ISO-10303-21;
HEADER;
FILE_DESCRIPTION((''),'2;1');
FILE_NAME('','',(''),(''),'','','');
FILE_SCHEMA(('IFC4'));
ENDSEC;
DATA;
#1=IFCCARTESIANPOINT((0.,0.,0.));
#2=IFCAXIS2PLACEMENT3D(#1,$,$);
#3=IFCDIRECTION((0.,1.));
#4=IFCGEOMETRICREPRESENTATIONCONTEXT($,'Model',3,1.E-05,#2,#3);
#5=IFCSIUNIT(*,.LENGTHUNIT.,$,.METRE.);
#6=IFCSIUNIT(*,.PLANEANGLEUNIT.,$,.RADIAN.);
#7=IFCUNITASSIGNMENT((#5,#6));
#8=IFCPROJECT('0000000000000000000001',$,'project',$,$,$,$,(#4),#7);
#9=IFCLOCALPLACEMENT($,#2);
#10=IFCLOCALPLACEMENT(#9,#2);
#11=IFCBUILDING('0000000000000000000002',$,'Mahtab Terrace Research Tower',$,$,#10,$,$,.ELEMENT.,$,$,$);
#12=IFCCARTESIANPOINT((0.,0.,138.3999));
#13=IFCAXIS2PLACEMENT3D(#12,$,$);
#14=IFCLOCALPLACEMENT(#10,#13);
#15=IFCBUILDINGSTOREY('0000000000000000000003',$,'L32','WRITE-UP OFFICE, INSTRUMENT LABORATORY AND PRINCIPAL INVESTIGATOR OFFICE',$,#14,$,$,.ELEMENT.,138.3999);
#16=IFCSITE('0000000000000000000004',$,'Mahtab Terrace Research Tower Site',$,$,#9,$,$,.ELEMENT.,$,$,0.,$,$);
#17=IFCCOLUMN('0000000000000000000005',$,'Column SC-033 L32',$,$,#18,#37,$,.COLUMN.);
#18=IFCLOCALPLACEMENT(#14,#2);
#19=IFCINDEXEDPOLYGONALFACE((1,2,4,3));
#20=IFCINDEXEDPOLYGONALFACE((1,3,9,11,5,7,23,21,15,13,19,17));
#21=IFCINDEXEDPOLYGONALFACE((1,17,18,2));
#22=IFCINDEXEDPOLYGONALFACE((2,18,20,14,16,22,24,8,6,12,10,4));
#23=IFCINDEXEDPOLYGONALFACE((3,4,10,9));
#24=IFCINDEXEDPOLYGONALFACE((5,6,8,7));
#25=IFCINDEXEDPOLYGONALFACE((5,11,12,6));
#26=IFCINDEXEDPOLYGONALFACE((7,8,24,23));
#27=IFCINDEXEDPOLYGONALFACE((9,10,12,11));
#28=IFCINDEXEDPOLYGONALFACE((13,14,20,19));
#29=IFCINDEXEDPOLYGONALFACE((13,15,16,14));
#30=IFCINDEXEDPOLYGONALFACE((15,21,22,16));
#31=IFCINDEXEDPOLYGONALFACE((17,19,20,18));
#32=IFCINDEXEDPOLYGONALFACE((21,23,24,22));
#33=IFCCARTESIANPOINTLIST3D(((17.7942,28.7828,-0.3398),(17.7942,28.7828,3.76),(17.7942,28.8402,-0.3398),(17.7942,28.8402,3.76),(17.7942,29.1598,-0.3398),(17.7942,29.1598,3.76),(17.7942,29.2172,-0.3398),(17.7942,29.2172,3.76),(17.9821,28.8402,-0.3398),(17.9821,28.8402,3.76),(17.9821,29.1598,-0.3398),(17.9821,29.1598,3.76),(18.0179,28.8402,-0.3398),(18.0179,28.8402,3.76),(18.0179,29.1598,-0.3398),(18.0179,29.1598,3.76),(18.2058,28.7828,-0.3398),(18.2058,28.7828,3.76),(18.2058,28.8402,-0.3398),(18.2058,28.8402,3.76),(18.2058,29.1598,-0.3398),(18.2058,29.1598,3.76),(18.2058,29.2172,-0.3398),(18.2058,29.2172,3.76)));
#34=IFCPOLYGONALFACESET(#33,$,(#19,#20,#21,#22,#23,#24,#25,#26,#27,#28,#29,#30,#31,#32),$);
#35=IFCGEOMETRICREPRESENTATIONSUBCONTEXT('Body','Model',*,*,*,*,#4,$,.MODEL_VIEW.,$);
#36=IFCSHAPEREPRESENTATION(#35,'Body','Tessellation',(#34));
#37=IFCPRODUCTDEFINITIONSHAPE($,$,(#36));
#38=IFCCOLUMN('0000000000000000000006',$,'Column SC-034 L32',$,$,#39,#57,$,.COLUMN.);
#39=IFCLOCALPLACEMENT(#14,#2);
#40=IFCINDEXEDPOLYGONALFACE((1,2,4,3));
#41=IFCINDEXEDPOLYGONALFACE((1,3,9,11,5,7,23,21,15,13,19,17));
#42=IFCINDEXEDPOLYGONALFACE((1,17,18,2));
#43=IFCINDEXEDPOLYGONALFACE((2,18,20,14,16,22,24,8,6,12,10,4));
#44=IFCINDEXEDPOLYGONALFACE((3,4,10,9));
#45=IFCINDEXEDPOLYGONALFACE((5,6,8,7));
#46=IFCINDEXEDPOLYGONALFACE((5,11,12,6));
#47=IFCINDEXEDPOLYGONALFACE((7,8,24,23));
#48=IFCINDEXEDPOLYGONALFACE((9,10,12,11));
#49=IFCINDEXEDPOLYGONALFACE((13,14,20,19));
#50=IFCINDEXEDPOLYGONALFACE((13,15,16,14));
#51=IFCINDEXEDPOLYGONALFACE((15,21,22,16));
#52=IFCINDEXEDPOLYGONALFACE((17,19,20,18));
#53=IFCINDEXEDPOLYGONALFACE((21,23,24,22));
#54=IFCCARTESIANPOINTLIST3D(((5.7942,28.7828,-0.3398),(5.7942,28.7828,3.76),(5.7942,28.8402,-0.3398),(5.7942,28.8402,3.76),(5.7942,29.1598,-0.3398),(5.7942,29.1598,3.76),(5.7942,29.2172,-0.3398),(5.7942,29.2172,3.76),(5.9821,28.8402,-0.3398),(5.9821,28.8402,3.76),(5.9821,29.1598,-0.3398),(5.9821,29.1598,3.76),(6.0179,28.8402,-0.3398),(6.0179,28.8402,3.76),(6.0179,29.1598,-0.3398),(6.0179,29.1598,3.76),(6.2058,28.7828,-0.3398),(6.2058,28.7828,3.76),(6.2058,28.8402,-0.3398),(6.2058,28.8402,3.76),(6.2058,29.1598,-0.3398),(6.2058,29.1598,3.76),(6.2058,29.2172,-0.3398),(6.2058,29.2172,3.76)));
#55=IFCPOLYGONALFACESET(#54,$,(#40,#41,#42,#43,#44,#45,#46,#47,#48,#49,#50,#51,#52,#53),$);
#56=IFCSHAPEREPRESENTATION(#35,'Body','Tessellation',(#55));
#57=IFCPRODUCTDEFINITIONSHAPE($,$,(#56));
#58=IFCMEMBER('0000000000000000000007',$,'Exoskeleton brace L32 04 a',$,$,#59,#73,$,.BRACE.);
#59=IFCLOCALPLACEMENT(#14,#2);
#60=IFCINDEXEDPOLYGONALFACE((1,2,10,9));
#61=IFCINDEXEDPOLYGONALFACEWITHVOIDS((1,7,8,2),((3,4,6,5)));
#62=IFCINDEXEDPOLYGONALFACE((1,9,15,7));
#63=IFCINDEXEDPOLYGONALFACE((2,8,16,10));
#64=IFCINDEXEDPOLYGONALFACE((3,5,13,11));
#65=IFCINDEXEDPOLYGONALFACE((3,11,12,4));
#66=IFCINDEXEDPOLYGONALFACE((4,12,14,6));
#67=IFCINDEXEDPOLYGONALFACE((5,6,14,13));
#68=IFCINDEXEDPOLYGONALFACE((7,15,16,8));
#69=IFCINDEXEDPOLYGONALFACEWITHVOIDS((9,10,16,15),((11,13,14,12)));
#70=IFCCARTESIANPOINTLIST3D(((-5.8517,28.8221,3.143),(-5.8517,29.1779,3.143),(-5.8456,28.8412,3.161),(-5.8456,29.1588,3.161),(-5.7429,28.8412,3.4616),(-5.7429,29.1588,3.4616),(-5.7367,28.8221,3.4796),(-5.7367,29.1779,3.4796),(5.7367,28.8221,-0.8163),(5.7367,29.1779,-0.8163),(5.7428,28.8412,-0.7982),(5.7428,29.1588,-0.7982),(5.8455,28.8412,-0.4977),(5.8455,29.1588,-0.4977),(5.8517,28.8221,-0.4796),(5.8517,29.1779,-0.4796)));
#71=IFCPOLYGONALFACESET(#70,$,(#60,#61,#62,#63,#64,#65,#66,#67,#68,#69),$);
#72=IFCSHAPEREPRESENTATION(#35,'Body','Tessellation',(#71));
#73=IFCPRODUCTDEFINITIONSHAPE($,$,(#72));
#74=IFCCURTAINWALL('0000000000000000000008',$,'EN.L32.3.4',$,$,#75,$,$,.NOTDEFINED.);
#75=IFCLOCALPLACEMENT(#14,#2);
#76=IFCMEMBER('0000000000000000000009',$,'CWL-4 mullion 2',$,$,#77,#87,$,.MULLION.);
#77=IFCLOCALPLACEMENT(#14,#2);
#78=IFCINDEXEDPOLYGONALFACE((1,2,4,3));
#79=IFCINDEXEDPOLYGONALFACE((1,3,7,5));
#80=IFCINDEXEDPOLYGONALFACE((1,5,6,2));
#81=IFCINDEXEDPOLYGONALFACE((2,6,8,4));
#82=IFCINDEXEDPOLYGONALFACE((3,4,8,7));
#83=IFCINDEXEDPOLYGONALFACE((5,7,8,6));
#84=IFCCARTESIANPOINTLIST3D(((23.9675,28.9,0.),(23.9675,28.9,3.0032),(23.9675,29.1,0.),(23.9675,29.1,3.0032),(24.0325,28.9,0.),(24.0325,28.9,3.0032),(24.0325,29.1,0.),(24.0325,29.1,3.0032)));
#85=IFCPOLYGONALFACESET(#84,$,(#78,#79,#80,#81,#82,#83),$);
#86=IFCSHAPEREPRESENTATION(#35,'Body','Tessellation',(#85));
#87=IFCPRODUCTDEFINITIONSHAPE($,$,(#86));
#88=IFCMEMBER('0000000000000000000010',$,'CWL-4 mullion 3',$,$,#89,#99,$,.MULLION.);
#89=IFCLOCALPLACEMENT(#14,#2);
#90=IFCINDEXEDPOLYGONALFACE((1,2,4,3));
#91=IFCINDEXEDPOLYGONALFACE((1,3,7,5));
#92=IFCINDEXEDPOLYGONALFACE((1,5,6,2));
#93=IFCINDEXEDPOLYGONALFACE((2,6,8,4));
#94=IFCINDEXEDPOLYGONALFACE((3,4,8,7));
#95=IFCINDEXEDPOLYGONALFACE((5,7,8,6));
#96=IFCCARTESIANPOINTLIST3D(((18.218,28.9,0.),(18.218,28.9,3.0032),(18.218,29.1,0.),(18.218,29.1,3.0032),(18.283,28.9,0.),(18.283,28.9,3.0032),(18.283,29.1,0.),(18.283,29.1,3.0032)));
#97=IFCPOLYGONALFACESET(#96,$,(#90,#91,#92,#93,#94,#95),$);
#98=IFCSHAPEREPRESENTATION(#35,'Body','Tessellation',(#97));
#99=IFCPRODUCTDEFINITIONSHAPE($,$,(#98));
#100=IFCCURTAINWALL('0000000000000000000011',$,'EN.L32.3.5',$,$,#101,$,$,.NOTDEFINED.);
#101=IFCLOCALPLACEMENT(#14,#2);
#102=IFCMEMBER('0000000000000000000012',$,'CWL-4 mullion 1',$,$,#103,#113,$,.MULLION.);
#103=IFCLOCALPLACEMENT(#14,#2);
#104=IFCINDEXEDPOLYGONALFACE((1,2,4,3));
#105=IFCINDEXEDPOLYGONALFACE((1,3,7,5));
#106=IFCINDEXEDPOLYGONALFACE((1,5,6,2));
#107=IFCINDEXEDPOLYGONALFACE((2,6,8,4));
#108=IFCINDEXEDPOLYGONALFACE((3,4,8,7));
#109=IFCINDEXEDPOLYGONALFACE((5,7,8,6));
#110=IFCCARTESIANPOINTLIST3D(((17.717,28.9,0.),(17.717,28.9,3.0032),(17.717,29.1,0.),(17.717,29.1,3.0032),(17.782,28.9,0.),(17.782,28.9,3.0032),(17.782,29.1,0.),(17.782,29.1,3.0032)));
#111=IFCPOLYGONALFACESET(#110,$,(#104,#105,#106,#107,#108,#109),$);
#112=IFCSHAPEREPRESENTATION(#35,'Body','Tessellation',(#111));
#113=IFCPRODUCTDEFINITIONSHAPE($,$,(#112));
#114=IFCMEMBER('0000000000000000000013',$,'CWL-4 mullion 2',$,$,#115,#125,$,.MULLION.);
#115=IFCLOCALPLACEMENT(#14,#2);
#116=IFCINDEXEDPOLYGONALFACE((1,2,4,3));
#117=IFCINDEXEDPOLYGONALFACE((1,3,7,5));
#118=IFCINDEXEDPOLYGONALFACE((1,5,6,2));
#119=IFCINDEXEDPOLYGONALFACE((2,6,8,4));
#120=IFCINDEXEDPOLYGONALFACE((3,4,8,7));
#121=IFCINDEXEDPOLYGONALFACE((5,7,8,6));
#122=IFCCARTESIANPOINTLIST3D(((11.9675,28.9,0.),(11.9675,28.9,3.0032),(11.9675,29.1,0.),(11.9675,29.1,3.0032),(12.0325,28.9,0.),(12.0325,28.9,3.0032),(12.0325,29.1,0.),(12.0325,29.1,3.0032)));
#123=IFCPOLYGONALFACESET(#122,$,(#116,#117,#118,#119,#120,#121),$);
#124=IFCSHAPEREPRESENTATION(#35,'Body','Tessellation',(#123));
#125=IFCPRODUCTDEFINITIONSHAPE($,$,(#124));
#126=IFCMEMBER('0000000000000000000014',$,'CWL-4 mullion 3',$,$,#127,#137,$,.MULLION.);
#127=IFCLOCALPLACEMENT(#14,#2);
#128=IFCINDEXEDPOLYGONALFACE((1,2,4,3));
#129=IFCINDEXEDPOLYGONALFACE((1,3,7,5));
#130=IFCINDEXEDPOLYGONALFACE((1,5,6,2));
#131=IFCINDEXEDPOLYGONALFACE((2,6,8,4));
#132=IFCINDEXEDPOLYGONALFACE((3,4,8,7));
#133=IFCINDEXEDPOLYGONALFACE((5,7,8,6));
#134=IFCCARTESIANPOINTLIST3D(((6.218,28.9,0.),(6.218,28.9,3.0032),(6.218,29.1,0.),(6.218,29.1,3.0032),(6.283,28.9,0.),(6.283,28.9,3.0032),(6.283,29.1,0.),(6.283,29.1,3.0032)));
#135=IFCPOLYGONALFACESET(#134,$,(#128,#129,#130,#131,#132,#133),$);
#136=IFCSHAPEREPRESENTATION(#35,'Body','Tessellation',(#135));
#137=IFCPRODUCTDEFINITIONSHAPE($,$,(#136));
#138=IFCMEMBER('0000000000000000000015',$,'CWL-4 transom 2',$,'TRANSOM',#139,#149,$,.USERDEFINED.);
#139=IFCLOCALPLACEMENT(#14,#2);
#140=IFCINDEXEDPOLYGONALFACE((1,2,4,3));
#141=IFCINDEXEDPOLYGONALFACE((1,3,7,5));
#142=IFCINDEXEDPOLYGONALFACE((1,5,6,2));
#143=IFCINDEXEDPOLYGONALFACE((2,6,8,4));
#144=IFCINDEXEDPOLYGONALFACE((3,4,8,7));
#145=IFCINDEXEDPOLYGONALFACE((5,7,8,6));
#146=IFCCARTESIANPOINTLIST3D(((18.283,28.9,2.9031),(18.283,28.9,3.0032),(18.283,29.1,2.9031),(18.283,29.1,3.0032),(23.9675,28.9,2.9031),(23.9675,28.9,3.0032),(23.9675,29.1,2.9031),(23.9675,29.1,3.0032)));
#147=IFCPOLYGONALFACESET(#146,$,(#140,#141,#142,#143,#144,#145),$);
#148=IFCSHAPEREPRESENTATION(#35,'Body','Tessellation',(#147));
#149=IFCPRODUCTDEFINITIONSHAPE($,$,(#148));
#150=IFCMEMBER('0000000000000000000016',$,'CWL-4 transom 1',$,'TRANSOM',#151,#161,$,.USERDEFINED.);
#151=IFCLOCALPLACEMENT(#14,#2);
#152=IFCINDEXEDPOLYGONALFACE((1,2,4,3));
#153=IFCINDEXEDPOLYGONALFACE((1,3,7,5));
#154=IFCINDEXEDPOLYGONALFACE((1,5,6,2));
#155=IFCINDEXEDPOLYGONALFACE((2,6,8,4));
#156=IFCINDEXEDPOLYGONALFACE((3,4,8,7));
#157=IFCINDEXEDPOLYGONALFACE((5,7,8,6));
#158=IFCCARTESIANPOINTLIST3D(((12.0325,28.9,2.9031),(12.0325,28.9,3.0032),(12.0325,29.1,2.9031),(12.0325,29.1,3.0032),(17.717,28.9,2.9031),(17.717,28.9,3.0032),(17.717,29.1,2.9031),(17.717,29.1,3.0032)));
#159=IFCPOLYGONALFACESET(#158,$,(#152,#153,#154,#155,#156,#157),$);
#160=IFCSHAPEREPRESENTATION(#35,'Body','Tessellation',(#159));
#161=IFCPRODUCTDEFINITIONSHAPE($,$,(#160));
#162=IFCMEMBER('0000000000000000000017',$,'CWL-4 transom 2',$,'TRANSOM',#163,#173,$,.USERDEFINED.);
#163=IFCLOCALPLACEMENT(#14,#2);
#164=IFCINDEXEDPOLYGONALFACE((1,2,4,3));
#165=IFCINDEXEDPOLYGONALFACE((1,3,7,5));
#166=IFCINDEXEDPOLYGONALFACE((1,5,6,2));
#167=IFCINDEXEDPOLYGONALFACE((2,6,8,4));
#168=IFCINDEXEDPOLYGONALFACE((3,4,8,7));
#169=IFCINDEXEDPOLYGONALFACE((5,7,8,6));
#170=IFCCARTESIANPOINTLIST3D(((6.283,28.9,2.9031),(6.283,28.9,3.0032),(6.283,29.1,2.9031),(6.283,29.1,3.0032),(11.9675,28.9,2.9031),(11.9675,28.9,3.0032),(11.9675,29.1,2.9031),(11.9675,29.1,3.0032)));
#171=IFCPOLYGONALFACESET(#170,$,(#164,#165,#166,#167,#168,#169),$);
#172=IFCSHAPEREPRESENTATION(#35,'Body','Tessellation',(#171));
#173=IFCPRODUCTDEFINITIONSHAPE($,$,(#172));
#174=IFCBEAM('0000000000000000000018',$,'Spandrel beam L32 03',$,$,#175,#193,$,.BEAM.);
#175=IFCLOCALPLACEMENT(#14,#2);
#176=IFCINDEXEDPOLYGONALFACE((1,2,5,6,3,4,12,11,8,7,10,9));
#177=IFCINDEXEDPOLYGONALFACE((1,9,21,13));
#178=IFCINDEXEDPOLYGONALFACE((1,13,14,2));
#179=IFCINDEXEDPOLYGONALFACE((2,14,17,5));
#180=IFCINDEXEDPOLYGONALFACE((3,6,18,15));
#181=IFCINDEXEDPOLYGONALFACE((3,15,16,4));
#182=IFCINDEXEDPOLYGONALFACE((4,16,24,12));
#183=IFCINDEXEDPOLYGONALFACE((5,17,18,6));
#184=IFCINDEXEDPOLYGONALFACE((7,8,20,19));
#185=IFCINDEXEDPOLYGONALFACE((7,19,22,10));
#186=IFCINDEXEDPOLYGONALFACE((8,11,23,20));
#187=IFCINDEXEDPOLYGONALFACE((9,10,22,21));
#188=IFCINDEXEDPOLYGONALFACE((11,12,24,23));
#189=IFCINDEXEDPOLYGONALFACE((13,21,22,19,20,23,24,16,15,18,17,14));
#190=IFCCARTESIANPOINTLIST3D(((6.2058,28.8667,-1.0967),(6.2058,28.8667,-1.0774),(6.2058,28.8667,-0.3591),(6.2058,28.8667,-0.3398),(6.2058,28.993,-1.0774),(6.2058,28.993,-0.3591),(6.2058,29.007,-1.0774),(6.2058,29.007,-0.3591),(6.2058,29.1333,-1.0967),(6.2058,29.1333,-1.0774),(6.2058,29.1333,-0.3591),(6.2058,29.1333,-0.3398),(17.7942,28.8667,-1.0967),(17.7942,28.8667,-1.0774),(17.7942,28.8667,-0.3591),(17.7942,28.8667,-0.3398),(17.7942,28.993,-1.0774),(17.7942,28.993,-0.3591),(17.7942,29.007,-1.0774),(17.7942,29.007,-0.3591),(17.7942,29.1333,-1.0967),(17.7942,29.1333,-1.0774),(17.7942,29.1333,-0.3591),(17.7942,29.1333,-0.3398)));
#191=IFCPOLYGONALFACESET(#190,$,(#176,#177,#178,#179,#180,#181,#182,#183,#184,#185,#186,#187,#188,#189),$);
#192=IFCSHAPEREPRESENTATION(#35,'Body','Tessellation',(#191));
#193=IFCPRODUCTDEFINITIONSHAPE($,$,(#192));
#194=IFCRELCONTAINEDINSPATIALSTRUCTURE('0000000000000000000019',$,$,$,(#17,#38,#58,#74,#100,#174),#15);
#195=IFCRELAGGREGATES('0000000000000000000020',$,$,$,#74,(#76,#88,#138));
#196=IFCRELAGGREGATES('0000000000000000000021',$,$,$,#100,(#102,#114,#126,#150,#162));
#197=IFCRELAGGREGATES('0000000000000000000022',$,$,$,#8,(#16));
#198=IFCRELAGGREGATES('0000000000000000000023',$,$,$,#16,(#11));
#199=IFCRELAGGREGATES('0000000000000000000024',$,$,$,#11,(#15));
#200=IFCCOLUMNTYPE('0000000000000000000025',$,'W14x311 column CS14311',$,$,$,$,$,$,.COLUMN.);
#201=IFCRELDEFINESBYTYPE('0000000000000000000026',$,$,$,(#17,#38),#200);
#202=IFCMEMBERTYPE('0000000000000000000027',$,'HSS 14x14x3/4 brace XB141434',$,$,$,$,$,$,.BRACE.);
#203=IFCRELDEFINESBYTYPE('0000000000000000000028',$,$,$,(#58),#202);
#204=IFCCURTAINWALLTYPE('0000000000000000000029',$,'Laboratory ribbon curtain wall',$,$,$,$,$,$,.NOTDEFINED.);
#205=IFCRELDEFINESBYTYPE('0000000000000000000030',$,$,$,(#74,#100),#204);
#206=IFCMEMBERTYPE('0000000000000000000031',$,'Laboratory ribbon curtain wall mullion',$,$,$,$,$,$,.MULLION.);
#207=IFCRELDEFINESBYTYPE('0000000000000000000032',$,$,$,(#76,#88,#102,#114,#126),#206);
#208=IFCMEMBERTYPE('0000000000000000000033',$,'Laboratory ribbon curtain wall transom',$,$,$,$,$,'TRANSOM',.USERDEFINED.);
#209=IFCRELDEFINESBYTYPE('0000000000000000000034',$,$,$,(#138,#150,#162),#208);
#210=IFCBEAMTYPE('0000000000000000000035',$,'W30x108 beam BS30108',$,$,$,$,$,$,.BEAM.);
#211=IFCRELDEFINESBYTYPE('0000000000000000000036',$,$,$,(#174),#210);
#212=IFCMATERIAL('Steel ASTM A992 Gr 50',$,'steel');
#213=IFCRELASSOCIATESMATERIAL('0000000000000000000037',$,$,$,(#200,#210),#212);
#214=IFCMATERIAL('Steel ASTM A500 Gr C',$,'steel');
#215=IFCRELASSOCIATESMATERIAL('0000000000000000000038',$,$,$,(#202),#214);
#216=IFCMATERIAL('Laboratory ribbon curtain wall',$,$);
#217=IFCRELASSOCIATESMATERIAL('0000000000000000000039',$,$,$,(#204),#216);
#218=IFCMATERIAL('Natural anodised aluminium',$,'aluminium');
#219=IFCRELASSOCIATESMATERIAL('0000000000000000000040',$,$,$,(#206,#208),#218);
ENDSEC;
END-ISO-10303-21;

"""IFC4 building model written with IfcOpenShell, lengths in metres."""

from ifc_helpers import new_model, si_unit, direction, frame, origin, origin_2d, place, context, subcontext, project, spatial, rectangle, hollow_rectangle, i_section, extrude, material, material_profile, profile_set, type_object, element, aggregate, save


model = new_model("IFC4")

# Units and contexts
model_context = context("Model", 3, precision=1e-05, world=origin(), true_north=direction((0.0, 1.0)))
body_context = subcontext(model_context, "Body", "Model", "MODEL_VIEW")
ifc_project = project(units=[si_unit("LENGTHUNIT", "METRE"), si_unit("PLANEANGLEUNIT", "RADIAN")], contexts=[model_context])

# Site, building, storey
site_placement = place(None, origin())
site = spatial("IfcSite", under=ifc_project, at=site_placement, Name="Mahtab Terrace Research Tower Site", CompositionType="ELEMENT", RefElevation=0.0)
building_placement = place(site_placement, origin())
building = spatial("IfcBuilding", under=site, at=building_placement, Name="Mahtab Terrace Research Tower", CompositionType="ELEMENT")
storey_placement = place(building_placement, frame((0.0, 0.0, 138.3999)))
storey = spatial("IfcBuildingStorey", under=building, at=storey_placement, Name="L32", Description="WRITE-UP OFFICE, INSTRUMENT LABORATORY AND PRINCIPAL INVESTIGATOR OFFICE", CompositionType="ELEMENT", Elevation=138.3999)

# Columns
ifc_material_1 = material(Name="Steel ASTM A992 Gr 50", Category="steel")
ifc_material_profile_1 = material_profile(ifc_material_1, i_section(OverallWidth=0.4116, OverallDepth=0.4343, WebThickness=0.0359, FlangeThickness=0.0574, at=origin_2d()), Name="W14X311")
ifc_profile_set_1 = profile_set([ifc_material_profile_1], Name="Steel ASTM A992 Gr 50")
column_type = type_object("IfcColumnType", Name="W14x311 column CS14311", PredefinedType="COLUMN", material=ifc_profile_set_1)
for number, where, z_axis, x_axis, name in (
    (1, (18.0, 29.0, -0.3398), (0.0, 0.0, 1.0), (1.0, 0.0, 0.0), "Column SC-033 L32"),
    (2, (6.0, 29.0, -0.3398), (0.0, 0.0, 1.0), (1.0, 0.0, 0.0), "Column SC-034 L32"),
):
    element("IfcColumn", number, at=place(storey_placement, frame(where, z_axis=z_axis, x_axis=x_axis)), inside=storey, type_object=column_type, Name=name, PredefinedType="COLUMN", context=body_context, shape_type="SweptSolid", body=[
        extrude(i_section(OverallWidth=0.4116, OverallDepth=0.4343, WebThickness=0.0359, FlangeThickness=0.0574, at=origin_2d()), origin(), (0.0, 0.0, 1.0), 4.0999),
    ])

# Member
ifc_material_2 = material(Name="Steel ASTM A500 Gr C", Category="steel")
ifc_material_profile_2 = material_profile(ifc_material_2, hollow_rectangle(XDim=0.3557, YDim=0.3557, WallThickness=0.019, at=origin_2d()), Name="HSS14X14X3/4")
ifc_profile_set_2 = profile_set([ifc_material_profile_2], Name="Steel ASTM A500 Gr C")
member_type_1 = type_object("IfcMemberType", Name="HSS 14x14x3/4 brace XB141434", PredefinedType="BRACE", material=ifc_profile_set_2)
member_1_placement = place(storey_placement, frame((5.7942, 29.0, -0.6479), z_axis=(-0.946294, 0.0, 0.323306), x_axis=(0.0, -1.0, 0.0)))
element("IfcMember", 3, at=member_1_placement, inside=storey, type_object=member_type_1, Name="Exoskeleton brace L32 04 a", PredefinedType="BRACE", context=body_context, shape_type="SweptSolid", body=[
    extrude(hollow_rectangle(XDim=0.3557, YDim=0.3557, WallThickness=0.019, at=origin_2d()), origin(), (0.0, 0.0, 1.0), 12.2461),
])

# Curtain walls, members
ifc_material_3 = material(Name="Laboratory ribbon curtain wall")
curtain_wall_type = type_object("IfcCurtainWallType", Name="Laboratory ribbon curtain wall", PredefinedType="NOTDEFINED", material=ifc_material_3)
curtain_wall_1_placement = place(storey_placement, origin())
curtain_wall_1 = element("IfcCurtainWall", 4, at=curtain_wall_1_placement, inside=storey, type_object=curtain_wall_type, Name="EN.L32.3.4", PredefinedType="NOTDEFINED")
ifc_material_4 = material(Name="Natural anodised aluminium", Category="aluminium")
ifc_material_profile_3 = material_profile(ifc_material_4, rectangle(XDim=0.2, YDim=0.0649, at=origin_2d()), Name="MULLION 65x200")
ifc_profile_set_3 = profile_set([ifc_material_profile_3], Name="Natural anodised aluminium")
member_type_2 = type_object("IfcMemberType", Name="Laboratory ribbon curtain wall mullion", PredefinedType="MULLION", material=ifc_profile_set_3)
member_2_placement = place(storey_placement, frame((24.0, 29.0, 0.0), z_axis=(0.0, 0.0, 1.0), x_axis=(0.0, -1.0, 0.0)))
member_2 = element("IfcMember", 5, at=member_2_placement, type_object=member_type_2, Name="CWL-4 mullion 2", PredefinedType="MULLION", context=body_context, shape_type="SweptSolid", body=[
    extrude(rectangle(XDim=0.2, YDim=0.0649, at=origin_2d()), origin(), (0.0, 0.0, 1.0), 3.0032),
])
member_3_placement = place(storey_placement, frame((18.2505, 29.0, 0.0), z_axis=(0.0, 0.0, 1.0), x_axis=(0.0, -1.0, 0.0)))
member_3 = element("IfcMember", 6, at=member_3_placement, type_object=member_type_2, Name="CWL-4 mullion 3", PredefinedType="MULLION", context=body_context, shape_type="SweptSolid", body=[
    extrude(rectangle(XDim=0.2, YDim=0.0649, at=origin_2d()), origin(), (0.0, 0.0, 1.0), 3.0032),
])
curtain_wall_2_placement = place(storey_placement, origin())
curtain_wall_2 = element("IfcCurtainWall", 7, at=curtain_wall_2_placement, inside=storey, type_object=curtain_wall_type, Name="EN.L32.3.5", PredefinedType="NOTDEFINED")
member_4_placement = place(storey_placement, frame((17.7495, 29.0, 0.0), z_axis=(0.0, 0.0, 1.0), x_axis=(0.0, -1.0, 0.0)))
member_4 = element("IfcMember", 8, at=member_4_placement, type_object=member_type_2, Name="CWL-4 mullion 1", PredefinedType="MULLION", context=body_context, shape_type="SweptSolid", body=[
    extrude(rectangle(XDim=0.2, YDim=0.0649, at=origin_2d()), origin(), (0.0, 0.0, 1.0), 3.0032),
])
member_5_placement = place(storey_placement, frame((12.0, 29.0, 0.0), z_axis=(0.0, 0.0, 1.0), x_axis=(0.0, -1.0, 0.0)))
member_5 = element("IfcMember", 9, at=member_5_placement, type_object=member_type_2, Name="CWL-4 mullion 2", PredefinedType="MULLION", context=body_context, shape_type="SweptSolid", body=[
    extrude(rectangle(XDim=0.2, YDim=0.0649, at=origin_2d()), origin(), (0.0, 0.0, 1.0), 3.0032),
])
member_6_placement = place(storey_placement, frame((6.2505, 29.0, 0.0), z_axis=(0.0, 0.0, 1.0), x_axis=(0.0, -1.0, 0.0)))
member_6 = element("IfcMember", 10, at=member_6_placement, type_object=member_type_2, Name="CWL-4 mullion 3", PredefinedType="MULLION", context=body_context, shape_type="SweptSolid", body=[
    extrude(rectangle(XDim=0.2, YDim=0.0649, at=origin_2d()), origin(), (0.0, 0.0, 1.0), 3.0032),
])

# Members
ifc_material_profile_4 = material_profile(ifc_material_4, rectangle(XDim=0.2, YDim=0.1001, at=origin_2d()), Name="TRANSOM 100x200")
ifc_profile_set_4 = profile_set([ifc_material_profile_4], Name="Natural anodised aluminium")
member_type_3 = type_object("IfcMemberType", Name="Laboratory ribbon curtain wall transom", ElementType="TRANSOM", PredefinedType="USERDEFINED", material=ifc_profile_set_4)
member_7_placement = place(storey_placement, frame((23.9675, 29.0, 2.9531), z_axis=(-1.0, 0.0, 0.0), x_axis=(0.0, -1.0, 0.0)))
member_7 = element("IfcMember", 11, at=member_7_placement, type_object=member_type_3, Name="CWL-4 transom 2", ObjectType="TRANSOM", PredefinedType="USERDEFINED", context=body_context, shape_type="SweptSolid", body=[
    extrude(rectangle(XDim=0.2, YDim=0.1001, at=origin_2d()), origin(), (0.0, 0.0, 1.0), 5.6846),
])
member_8_placement = place(storey_placement, frame((17.717, 29.0, 2.9531), z_axis=(-1.0, 0.0, 0.0), x_axis=(0.0, -1.0, 0.0)))
member_8 = element("IfcMember", 12, at=member_8_placement, type_object=member_type_3, Name="CWL-4 transom 1", ObjectType="TRANSOM", PredefinedType="USERDEFINED", context=body_context, shape_type="SweptSolid", body=[
    extrude(rectangle(XDim=0.2, YDim=0.1001, at=origin_2d()), origin(), (0.0, 0.0, 1.0), 5.6846),
])
member_9_placement = place(storey_placement, frame((11.9675, 29.0, 2.9531), z_axis=(-1.0, 0.0, 0.0), x_axis=(0.0, -1.0, 0.0)))
member_9 = element("IfcMember", 13, at=member_9_placement, type_object=member_type_3, Name="CWL-4 transom 2", ObjectType="TRANSOM", PredefinedType="USERDEFINED", context=body_context, shape_type="SweptSolid", body=[
    extrude(rectangle(XDim=0.2, YDim=0.1001, at=origin_2d()), origin(), (0.0, 0.0, 1.0), 5.6846),
])

# Beam
ifc_material_profile_5 = material_profile(ifc_material_1, i_section(OverallWidth=0.2666, OverallDepth=0.7568, WebThickness=0.0139, FlangeThickness=0.0193, at=origin_2d()), Name="W30X108")
ifc_profile_set_5 = profile_set([ifc_material_profile_5], Name="Steel ASTM A992 Gr 50")
beam_type = type_object("IfcBeamType", Name="W30x108 beam BS30108", PredefinedType="BEAM", material=ifc_profile_set_5)
for number, where, z_axis, x_axis, name in (
    (14, (17.7942, 29.0, -0.7183), (-1.0, 0.0, 0.0), (0.0, -1.0, 0.0), "Spandrel beam L32 03"),
):
    element("IfcBeam", number, at=place(storey_placement, frame(where, z_axis=z_axis, x_axis=x_axis)), inside=storey, type_object=beam_type, Name=name, PredefinedType="BEAM", context=body_context, shape_type="SweptSolid", body=[
        extrude(i_section(OverallWidth=0.2666, OverallDepth=0.7568, WebThickness=0.0139, FlangeThickness=0.0193, at=origin_2d()), origin(), (0.0, 0.0, 1.0), 11.5884),
    ])

aggregate(curtain_wall_1, [member_2, member_3, member_7])
aggregate(curtain_wall_2, [member_4, member_5, member_6, member_8, member_9])

save(model, "model.ifc")
